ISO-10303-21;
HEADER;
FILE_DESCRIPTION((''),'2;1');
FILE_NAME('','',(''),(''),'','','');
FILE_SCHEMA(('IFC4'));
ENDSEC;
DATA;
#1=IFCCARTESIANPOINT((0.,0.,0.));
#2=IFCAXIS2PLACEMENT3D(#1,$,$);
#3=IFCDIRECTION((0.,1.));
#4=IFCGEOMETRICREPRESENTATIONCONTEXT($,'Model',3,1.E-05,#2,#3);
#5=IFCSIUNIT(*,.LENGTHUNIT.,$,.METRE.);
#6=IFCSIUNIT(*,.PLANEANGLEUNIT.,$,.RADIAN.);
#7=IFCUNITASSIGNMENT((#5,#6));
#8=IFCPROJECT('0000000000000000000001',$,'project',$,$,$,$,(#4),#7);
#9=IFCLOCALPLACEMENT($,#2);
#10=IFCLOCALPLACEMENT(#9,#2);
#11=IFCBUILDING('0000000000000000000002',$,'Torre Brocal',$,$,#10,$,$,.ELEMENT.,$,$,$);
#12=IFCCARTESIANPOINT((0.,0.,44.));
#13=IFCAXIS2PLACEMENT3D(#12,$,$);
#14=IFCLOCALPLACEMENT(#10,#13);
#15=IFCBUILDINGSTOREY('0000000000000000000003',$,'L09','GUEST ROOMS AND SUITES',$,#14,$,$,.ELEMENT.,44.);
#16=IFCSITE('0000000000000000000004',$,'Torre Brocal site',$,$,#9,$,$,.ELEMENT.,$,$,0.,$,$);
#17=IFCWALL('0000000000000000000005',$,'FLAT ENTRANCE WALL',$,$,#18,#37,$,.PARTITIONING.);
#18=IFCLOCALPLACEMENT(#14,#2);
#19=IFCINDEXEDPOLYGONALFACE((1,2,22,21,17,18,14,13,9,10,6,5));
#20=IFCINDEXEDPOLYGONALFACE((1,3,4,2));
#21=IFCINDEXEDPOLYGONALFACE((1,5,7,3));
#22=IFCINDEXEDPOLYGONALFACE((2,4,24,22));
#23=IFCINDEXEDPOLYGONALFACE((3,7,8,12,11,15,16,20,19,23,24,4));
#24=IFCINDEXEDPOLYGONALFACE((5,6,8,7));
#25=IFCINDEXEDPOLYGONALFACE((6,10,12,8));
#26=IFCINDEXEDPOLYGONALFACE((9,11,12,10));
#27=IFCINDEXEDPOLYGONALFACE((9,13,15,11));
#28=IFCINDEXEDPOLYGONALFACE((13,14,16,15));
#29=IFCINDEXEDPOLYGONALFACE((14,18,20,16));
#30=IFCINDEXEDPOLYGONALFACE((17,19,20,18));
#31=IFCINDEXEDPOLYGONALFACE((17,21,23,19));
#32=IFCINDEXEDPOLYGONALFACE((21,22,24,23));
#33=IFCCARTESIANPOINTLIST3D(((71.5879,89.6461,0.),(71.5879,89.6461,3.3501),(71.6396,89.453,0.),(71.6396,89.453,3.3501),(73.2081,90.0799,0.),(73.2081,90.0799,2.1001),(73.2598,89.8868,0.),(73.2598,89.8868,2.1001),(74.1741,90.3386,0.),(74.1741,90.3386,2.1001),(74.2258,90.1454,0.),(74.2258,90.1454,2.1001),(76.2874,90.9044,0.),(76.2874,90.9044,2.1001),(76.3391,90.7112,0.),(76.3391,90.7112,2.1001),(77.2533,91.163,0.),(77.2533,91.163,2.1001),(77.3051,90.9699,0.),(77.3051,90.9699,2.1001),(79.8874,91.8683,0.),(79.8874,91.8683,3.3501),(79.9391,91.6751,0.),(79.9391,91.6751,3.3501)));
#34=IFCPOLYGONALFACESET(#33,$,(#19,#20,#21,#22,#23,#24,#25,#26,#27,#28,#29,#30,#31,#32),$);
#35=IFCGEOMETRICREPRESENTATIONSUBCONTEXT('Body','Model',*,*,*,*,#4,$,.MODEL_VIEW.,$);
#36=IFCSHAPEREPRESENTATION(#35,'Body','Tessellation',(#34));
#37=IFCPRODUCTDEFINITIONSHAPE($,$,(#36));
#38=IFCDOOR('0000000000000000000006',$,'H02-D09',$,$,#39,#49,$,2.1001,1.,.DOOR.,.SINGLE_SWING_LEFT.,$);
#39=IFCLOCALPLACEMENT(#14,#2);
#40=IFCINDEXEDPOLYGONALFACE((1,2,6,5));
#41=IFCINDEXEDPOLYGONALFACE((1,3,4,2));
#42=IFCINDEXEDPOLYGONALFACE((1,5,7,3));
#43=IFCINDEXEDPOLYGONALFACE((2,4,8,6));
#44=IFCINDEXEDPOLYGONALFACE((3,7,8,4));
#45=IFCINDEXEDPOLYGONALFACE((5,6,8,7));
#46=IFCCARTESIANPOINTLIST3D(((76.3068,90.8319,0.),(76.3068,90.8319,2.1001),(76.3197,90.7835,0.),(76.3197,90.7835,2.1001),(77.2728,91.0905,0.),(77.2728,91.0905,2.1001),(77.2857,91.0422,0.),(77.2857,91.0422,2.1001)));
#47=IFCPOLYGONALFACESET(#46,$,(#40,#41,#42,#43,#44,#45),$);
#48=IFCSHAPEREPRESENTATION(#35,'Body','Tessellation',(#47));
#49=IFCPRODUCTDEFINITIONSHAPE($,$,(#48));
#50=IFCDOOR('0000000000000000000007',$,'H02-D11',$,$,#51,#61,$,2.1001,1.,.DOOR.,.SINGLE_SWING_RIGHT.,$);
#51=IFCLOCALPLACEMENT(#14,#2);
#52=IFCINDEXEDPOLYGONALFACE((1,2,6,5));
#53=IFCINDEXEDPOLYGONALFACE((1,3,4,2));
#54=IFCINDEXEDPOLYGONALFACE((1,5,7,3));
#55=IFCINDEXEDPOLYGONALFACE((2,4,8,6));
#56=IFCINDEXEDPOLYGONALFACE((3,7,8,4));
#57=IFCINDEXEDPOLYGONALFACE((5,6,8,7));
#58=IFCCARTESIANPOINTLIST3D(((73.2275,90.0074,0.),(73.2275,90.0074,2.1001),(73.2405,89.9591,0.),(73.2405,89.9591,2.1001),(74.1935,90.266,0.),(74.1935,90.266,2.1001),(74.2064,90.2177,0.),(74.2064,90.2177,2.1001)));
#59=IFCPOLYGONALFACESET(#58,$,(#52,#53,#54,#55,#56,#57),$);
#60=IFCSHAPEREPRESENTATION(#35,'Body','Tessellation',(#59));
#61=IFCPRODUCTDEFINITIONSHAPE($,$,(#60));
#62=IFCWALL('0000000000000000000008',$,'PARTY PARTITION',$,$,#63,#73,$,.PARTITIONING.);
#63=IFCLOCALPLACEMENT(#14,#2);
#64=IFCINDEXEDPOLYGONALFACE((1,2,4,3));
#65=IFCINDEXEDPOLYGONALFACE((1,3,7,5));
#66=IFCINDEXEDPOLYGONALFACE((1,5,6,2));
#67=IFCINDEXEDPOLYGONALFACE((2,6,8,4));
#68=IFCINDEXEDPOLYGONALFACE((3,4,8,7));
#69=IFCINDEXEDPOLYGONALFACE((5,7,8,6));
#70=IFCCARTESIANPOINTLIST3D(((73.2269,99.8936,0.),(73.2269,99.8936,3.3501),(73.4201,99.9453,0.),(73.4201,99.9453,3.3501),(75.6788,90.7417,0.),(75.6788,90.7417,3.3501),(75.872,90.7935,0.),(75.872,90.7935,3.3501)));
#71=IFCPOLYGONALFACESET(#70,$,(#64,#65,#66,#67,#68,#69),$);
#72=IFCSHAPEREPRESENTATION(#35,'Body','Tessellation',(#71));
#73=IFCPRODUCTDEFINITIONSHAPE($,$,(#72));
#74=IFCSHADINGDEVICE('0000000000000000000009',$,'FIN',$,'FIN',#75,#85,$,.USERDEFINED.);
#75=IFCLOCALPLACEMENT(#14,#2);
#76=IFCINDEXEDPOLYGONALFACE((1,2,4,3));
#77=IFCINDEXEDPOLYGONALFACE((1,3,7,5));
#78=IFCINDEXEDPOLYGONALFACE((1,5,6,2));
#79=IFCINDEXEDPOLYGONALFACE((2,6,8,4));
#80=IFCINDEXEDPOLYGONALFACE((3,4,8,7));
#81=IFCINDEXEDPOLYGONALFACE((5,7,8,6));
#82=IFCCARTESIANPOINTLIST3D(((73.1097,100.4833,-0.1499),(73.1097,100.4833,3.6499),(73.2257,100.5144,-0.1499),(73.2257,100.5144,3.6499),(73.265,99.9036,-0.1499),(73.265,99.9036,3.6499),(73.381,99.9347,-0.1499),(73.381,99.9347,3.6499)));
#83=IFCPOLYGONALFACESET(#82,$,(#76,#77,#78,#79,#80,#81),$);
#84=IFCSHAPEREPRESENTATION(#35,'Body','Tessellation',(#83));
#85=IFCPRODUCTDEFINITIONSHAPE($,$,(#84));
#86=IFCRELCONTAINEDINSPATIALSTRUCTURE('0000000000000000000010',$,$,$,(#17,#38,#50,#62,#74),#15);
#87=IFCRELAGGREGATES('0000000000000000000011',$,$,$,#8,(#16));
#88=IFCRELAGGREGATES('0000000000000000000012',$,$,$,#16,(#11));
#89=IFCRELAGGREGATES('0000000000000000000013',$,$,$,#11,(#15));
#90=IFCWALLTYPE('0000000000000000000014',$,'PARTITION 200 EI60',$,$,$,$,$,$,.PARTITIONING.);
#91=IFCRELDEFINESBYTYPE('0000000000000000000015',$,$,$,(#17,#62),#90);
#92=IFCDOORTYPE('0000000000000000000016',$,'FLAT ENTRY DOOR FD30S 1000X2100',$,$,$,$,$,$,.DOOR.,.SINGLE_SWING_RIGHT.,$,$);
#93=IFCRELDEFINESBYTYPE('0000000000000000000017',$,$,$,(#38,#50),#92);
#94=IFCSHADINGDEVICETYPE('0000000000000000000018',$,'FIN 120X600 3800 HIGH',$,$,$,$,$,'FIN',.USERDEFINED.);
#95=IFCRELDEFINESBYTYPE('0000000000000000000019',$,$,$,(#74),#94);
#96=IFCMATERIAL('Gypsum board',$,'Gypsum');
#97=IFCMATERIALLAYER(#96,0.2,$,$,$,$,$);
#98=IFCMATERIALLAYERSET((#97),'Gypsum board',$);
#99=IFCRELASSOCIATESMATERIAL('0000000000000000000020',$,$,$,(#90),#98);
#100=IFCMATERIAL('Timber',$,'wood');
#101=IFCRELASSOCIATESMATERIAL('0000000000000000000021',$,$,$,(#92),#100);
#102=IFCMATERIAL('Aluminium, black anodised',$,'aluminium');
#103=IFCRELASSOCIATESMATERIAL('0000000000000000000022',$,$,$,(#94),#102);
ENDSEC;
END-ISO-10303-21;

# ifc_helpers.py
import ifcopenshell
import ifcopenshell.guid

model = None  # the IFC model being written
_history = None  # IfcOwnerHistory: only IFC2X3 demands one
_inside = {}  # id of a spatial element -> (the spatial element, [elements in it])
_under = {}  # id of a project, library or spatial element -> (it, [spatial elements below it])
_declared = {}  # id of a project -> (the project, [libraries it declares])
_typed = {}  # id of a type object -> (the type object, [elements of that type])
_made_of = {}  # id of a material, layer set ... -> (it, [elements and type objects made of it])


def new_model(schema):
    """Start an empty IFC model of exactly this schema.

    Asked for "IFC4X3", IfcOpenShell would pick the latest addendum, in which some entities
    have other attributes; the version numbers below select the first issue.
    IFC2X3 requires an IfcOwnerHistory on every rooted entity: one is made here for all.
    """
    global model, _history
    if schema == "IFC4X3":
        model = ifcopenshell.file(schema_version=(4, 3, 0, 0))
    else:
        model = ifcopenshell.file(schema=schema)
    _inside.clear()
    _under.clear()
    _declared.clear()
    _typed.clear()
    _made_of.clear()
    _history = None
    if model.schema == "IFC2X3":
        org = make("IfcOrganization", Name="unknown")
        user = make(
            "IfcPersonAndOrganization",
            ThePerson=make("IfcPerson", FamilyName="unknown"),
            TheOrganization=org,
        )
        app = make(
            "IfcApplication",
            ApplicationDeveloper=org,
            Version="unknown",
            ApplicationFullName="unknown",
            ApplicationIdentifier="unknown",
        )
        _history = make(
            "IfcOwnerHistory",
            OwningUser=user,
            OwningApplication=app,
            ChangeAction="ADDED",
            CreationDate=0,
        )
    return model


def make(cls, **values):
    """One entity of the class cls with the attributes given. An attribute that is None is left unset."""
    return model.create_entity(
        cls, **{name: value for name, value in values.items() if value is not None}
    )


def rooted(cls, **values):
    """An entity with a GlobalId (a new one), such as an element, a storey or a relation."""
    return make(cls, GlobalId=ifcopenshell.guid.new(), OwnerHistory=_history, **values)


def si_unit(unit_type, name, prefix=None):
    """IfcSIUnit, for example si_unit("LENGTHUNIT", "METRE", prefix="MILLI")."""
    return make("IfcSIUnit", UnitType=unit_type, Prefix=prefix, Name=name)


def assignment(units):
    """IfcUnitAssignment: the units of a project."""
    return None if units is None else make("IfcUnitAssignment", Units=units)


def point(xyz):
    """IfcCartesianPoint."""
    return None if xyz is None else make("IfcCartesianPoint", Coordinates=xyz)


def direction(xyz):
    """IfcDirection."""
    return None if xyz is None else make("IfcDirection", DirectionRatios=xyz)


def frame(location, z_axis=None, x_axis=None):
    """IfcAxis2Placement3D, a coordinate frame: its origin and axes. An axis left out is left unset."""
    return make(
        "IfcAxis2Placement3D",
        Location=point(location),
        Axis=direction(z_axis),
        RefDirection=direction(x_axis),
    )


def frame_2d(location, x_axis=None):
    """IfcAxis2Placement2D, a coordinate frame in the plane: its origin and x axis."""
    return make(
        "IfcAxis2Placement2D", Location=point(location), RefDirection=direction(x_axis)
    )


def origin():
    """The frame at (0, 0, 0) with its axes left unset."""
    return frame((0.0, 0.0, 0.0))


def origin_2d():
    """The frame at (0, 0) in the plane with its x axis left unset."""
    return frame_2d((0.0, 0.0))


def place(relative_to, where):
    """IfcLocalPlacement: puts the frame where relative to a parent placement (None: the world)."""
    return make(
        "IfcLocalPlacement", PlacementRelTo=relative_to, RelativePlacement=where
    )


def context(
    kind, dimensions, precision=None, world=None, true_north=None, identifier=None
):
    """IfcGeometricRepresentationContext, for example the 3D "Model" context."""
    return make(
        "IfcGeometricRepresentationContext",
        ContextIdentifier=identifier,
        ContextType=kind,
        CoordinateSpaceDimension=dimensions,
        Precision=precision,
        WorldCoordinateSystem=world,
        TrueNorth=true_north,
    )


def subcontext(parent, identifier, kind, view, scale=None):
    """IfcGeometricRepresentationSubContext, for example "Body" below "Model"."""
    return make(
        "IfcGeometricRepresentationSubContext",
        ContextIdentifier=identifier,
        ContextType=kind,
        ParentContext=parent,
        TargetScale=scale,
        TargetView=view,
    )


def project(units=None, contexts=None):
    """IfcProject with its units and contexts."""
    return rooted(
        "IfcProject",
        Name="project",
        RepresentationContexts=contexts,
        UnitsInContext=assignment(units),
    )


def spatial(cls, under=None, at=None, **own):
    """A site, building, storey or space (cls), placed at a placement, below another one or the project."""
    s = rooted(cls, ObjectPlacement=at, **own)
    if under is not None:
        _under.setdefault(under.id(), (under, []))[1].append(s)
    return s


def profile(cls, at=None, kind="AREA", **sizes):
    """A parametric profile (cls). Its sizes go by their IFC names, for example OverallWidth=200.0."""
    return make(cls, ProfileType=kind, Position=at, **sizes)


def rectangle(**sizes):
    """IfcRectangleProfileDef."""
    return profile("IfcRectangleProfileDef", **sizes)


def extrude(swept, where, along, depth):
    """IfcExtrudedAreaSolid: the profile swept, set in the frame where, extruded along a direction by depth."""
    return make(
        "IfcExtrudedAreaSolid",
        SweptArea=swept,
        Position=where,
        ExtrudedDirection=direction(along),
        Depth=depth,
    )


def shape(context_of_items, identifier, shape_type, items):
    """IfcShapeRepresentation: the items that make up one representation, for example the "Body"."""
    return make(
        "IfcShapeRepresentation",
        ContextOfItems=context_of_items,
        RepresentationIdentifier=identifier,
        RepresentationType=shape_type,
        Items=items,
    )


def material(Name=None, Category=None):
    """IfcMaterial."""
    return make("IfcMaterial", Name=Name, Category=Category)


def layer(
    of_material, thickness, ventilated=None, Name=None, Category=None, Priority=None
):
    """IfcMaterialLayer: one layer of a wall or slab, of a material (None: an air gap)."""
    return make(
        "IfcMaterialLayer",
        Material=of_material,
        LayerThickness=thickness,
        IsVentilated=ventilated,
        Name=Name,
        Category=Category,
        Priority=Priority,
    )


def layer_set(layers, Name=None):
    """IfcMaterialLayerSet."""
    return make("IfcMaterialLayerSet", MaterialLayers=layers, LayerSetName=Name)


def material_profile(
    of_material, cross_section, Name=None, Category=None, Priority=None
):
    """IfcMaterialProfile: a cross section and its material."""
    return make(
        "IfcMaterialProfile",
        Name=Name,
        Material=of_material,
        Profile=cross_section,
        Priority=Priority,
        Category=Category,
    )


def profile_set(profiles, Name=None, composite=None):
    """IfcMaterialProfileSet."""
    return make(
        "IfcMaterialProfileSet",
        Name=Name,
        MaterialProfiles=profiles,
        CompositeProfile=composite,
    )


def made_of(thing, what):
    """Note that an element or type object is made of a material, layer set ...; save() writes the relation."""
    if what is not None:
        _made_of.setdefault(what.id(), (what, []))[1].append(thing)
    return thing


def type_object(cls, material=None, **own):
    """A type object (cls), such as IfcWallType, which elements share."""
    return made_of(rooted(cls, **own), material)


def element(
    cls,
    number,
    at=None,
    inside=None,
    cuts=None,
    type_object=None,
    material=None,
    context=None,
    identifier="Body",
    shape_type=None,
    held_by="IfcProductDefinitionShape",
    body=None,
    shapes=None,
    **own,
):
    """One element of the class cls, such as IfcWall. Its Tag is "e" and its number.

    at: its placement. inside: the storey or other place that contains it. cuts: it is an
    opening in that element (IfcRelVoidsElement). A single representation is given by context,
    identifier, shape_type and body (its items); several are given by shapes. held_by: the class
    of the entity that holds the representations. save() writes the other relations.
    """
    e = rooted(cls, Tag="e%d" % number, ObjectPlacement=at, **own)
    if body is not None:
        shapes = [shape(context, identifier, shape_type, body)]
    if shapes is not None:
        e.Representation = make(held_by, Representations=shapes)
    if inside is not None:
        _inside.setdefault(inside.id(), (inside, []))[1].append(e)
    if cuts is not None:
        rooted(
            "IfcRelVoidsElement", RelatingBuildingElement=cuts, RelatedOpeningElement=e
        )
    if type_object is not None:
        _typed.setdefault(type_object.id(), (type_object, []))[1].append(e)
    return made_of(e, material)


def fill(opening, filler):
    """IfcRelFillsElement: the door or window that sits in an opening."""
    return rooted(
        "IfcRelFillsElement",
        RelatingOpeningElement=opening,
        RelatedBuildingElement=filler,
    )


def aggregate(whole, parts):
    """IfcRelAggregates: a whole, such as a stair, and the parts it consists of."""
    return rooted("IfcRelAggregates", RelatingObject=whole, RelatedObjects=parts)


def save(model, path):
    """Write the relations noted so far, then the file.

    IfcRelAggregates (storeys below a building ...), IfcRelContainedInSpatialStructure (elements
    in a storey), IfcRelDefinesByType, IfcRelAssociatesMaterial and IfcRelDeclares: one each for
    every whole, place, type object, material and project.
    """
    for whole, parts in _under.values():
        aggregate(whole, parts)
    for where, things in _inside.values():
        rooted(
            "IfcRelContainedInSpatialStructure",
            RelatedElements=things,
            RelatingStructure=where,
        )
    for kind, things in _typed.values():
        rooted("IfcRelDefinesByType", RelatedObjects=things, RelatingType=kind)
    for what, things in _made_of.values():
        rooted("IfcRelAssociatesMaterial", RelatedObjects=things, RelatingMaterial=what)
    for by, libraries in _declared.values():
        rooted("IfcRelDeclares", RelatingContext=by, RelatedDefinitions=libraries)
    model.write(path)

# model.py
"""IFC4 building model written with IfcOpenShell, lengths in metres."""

from ifc_helpers import new_model, si_unit, direction, frame, frame_2d, origin, origin_2d, place, context, subcontext, project, spatial, rectangle, extrude, material, layer, layer_set, material_profile, profile_set, type_object, element, fill, save


model = new_model("IFC4")

# Units and contexts
model_context = context("Model", 3, precision=1e-05, world=origin(), true_north=direction((0.0, 1.0)))
body_context = subcontext(model_context, "Body", "Model", "MODEL_VIEW")
ifc_project = project(units=[si_unit("LENGTHUNIT", "METRE"), si_unit("PLANEANGLEUNIT", "RADIAN")], contexts=[model_context])

# Site, building, storey
site_placement = place(None, origin())
site = spatial("IfcSite", under=ifc_project, at=site_placement, Name="Torre Brocal site", CompositionType="ELEMENT", RefElevation=0.0)
building_placement = place(site_placement, origin())
building = spatial("IfcBuilding", under=site, at=building_placement, Name="Torre Brocal", CompositionType="ELEMENT")
storey_placement = place(building_placement, frame((0.0, 0.0, 44.0)))
storey = spatial("IfcBuildingStorey", under=building, at=storey_placement, Name="L09", Description="GUEST ROOMS AND SUITES", CompositionType="ELEMENT", Elevation=44.0)

# Wall, openings, doors
ifc_material_1 = material(Name="Gypsum board", Category="Gypsum")
ifc_layer_1 = layer(ifc_material_1, 0.2)
ifc_layer_set_1 = layer_set([ifc_layer_1], Name="Gypsum board")
wall_type_1 = type_object("IfcWallType", Name="PARTITION 200 EI60", PredefinedType="PARTITIONING", material=ifc_layer_set_1)
wall_1_placement = place(storey_placement, frame((71.6138, 89.5496, 0.0), z_axis=(0.0, 0.0, 1.0), x_axis=(0.965975, 0.258635, 0.0)))
wall_1 = element("IfcWall", 1, at=wall_1_placement, inside=storey, type_object=wall_type_1, Name="FLAT ENTRANCE WALL", PredefinedType="PARTITIONING", context=body_context, shape_type="SweptSolid", body=[
    extrude(rectangle(XDim=8.5918, YDim=0.2, at=frame_2d((4.2959, 0.0))), origin(), (0.0, 0.0, 1.0), 3.3501),
])
opening_1_placement = place(wall_1_placement, frame((4.865, 0.0, 0.0)))
opening_1 = element("IfcOpeningElement", 2, at=opening_1_placement, cuts=wall_1, PredefinedType="OPENING", context=body_context, shape_type="SweptSolid", body=[
    extrude(rectangle(XDim=1.0, YDim=2.1001, at=frame_2d((0.5, 1.05))), frame((0.0, 0.1099, 0.0), z_axis=(0.0, -1.0, 0.0), x_axis=(1.0, 0.0, 0.0)), (0.0, 0.0, 1.0), 0.22),
])
opening_2_placement = place(wall_1_placement, frame((1.6772, 0.0, 0.0)))
opening_2 = element("IfcOpeningElement", 3, at=opening_2_placement, cuts=wall_1, PredefinedType="OPENING", context=body_context, shape_type="SweptSolid", body=[
    extrude(rectangle(XDim=1.0, YDim=2.1001, at=frame_2d((0.5, 1.05))), frame((0.0, 0.1099, 0.0), z_axis=(0.0, -1.0, 0.0), x_axis=(1.0, 0.0, 0.0)), (0.0, 0.0, 1.0), 0.22),
])
ifc_material_2 = material(Name="Timber", Category="wood")
door_type_1 = type_object("IfcDoorType", Name="FLAT ENTRY DOOR FD30S 1000X2100", OperationType="SINGLE_SWING_RIGHT", PredefinedType="DOOR", material=ifc_material_2)
door_1_placement = place(opening_1_placement, origin())
door_1 = element("IfcDoor", 4, at=door_1_placement, inside=storey, type_object=door_type_1, Name="H02-D09", OperationType="SINGLE_SWING_LEFT", OverallHeight=2.1001, OverallWidth=1.0, PredefinedType="DOOR", context=body_context, shape_type="SweptSolid", body=[
    extrude(rectangle(XDim=1.0, YDim=2.1001, at=frame_2d((0.5, 1.05))), frame((0.0, 0.0249, 0.0), z_axis=(0.0, -1.0, 0.0), x_axis=(1.0, 0.0, 0.0)), (0.0, 0.0, 1.0), 0.05),
])
fill(opening_1, door_1)
door_2_placement = place(opening_2_placement, origin())
door_2 = element("IfcDoor", 5, at=door_2_placement, inside=storey, type_object=door_type_1, Name="H02-D11", OperationType="SINGLE_SWING_RIGHT", OverallHeight=2.1001, OverallWidth=1.0, PredefinedType="DOOR", context=body_context, shape_type="SweptSolid", body=[
    extrude(rectangle(XDim=1.0, YDim=2.1001, at=frame_2d((0.5, 1.05))), frame((0.0, 0.0249, 0.0), z_axis=(0.0, -1.0, 0.0), x_axis=(1.0, 0.0, 0.0)), (0.0, 0.0, 1.0), 0.05),
])
fill(opening_2, door_2)

# Wall
wall_2_placement = place(storey_placement, frame((73.3235, 99.9194, 0.0), z_axis=(0.0, 0.0, 1.0), x_axis=(0.258787, -0.965934, 0.0)))
element("IfcWall", 6, at=wall_2_placement, inside=storey, type_object=wall_type_1, Name="PARTY PARTITION", PredefinedType="PARTITIONING", context=body_context, shape_type="SweptSolid", body=[
    extrude(rectangle(XDim=9.4746, YDim=0.2, at=frame_2d((4.7373, 0.0))), origin(), (0.0, 0.0, 1.0), 3.3501),
])

# Shading device
ifc_material_3 = material(Name="Aluminium, black anodised", Category="aluminium")
ifc_material_profile_1 = material_profile(ifc_material_3, rectangle(XDim=0.1201, YDim=0.6001, at=origin_2d()), Name="FIN 120X600 3800 HIGH")
ifc_profile_set_1 = profile_set([ifc_material_profile_1], Name="Aluminium, black anodised")
shading_device_type = type_object("IfcShadingDeviceType", Name="FIN 120X600 3800 HIGH", ElementType="FIN", PredefinedType="USERDEFINED", material=ifc_profile_set_1)
shading_device_placement = place(storey_placement, frame((73.2454, 100.209, -0.1499), z_axis=(0.0, 0.0, 1.0), x_axis=(-0.965926, -0.258819, 0.0)))
element("IfcShadingDevice", 7, at=shading_device_placement, inside=storey, type_object=shading_device_type, Name="FIN", ObjectType="FIN", PredefinedType="USERDEFINED", context=body_context, shape_type="SweptSolid", body=[
    extrude(rectangle(XDim=0.1201, YDim=0.6001, at=origin_2d()), origin(), (0.0, 0.0, 1.0), 3.7998),
])

save(model, "model.ifc")
